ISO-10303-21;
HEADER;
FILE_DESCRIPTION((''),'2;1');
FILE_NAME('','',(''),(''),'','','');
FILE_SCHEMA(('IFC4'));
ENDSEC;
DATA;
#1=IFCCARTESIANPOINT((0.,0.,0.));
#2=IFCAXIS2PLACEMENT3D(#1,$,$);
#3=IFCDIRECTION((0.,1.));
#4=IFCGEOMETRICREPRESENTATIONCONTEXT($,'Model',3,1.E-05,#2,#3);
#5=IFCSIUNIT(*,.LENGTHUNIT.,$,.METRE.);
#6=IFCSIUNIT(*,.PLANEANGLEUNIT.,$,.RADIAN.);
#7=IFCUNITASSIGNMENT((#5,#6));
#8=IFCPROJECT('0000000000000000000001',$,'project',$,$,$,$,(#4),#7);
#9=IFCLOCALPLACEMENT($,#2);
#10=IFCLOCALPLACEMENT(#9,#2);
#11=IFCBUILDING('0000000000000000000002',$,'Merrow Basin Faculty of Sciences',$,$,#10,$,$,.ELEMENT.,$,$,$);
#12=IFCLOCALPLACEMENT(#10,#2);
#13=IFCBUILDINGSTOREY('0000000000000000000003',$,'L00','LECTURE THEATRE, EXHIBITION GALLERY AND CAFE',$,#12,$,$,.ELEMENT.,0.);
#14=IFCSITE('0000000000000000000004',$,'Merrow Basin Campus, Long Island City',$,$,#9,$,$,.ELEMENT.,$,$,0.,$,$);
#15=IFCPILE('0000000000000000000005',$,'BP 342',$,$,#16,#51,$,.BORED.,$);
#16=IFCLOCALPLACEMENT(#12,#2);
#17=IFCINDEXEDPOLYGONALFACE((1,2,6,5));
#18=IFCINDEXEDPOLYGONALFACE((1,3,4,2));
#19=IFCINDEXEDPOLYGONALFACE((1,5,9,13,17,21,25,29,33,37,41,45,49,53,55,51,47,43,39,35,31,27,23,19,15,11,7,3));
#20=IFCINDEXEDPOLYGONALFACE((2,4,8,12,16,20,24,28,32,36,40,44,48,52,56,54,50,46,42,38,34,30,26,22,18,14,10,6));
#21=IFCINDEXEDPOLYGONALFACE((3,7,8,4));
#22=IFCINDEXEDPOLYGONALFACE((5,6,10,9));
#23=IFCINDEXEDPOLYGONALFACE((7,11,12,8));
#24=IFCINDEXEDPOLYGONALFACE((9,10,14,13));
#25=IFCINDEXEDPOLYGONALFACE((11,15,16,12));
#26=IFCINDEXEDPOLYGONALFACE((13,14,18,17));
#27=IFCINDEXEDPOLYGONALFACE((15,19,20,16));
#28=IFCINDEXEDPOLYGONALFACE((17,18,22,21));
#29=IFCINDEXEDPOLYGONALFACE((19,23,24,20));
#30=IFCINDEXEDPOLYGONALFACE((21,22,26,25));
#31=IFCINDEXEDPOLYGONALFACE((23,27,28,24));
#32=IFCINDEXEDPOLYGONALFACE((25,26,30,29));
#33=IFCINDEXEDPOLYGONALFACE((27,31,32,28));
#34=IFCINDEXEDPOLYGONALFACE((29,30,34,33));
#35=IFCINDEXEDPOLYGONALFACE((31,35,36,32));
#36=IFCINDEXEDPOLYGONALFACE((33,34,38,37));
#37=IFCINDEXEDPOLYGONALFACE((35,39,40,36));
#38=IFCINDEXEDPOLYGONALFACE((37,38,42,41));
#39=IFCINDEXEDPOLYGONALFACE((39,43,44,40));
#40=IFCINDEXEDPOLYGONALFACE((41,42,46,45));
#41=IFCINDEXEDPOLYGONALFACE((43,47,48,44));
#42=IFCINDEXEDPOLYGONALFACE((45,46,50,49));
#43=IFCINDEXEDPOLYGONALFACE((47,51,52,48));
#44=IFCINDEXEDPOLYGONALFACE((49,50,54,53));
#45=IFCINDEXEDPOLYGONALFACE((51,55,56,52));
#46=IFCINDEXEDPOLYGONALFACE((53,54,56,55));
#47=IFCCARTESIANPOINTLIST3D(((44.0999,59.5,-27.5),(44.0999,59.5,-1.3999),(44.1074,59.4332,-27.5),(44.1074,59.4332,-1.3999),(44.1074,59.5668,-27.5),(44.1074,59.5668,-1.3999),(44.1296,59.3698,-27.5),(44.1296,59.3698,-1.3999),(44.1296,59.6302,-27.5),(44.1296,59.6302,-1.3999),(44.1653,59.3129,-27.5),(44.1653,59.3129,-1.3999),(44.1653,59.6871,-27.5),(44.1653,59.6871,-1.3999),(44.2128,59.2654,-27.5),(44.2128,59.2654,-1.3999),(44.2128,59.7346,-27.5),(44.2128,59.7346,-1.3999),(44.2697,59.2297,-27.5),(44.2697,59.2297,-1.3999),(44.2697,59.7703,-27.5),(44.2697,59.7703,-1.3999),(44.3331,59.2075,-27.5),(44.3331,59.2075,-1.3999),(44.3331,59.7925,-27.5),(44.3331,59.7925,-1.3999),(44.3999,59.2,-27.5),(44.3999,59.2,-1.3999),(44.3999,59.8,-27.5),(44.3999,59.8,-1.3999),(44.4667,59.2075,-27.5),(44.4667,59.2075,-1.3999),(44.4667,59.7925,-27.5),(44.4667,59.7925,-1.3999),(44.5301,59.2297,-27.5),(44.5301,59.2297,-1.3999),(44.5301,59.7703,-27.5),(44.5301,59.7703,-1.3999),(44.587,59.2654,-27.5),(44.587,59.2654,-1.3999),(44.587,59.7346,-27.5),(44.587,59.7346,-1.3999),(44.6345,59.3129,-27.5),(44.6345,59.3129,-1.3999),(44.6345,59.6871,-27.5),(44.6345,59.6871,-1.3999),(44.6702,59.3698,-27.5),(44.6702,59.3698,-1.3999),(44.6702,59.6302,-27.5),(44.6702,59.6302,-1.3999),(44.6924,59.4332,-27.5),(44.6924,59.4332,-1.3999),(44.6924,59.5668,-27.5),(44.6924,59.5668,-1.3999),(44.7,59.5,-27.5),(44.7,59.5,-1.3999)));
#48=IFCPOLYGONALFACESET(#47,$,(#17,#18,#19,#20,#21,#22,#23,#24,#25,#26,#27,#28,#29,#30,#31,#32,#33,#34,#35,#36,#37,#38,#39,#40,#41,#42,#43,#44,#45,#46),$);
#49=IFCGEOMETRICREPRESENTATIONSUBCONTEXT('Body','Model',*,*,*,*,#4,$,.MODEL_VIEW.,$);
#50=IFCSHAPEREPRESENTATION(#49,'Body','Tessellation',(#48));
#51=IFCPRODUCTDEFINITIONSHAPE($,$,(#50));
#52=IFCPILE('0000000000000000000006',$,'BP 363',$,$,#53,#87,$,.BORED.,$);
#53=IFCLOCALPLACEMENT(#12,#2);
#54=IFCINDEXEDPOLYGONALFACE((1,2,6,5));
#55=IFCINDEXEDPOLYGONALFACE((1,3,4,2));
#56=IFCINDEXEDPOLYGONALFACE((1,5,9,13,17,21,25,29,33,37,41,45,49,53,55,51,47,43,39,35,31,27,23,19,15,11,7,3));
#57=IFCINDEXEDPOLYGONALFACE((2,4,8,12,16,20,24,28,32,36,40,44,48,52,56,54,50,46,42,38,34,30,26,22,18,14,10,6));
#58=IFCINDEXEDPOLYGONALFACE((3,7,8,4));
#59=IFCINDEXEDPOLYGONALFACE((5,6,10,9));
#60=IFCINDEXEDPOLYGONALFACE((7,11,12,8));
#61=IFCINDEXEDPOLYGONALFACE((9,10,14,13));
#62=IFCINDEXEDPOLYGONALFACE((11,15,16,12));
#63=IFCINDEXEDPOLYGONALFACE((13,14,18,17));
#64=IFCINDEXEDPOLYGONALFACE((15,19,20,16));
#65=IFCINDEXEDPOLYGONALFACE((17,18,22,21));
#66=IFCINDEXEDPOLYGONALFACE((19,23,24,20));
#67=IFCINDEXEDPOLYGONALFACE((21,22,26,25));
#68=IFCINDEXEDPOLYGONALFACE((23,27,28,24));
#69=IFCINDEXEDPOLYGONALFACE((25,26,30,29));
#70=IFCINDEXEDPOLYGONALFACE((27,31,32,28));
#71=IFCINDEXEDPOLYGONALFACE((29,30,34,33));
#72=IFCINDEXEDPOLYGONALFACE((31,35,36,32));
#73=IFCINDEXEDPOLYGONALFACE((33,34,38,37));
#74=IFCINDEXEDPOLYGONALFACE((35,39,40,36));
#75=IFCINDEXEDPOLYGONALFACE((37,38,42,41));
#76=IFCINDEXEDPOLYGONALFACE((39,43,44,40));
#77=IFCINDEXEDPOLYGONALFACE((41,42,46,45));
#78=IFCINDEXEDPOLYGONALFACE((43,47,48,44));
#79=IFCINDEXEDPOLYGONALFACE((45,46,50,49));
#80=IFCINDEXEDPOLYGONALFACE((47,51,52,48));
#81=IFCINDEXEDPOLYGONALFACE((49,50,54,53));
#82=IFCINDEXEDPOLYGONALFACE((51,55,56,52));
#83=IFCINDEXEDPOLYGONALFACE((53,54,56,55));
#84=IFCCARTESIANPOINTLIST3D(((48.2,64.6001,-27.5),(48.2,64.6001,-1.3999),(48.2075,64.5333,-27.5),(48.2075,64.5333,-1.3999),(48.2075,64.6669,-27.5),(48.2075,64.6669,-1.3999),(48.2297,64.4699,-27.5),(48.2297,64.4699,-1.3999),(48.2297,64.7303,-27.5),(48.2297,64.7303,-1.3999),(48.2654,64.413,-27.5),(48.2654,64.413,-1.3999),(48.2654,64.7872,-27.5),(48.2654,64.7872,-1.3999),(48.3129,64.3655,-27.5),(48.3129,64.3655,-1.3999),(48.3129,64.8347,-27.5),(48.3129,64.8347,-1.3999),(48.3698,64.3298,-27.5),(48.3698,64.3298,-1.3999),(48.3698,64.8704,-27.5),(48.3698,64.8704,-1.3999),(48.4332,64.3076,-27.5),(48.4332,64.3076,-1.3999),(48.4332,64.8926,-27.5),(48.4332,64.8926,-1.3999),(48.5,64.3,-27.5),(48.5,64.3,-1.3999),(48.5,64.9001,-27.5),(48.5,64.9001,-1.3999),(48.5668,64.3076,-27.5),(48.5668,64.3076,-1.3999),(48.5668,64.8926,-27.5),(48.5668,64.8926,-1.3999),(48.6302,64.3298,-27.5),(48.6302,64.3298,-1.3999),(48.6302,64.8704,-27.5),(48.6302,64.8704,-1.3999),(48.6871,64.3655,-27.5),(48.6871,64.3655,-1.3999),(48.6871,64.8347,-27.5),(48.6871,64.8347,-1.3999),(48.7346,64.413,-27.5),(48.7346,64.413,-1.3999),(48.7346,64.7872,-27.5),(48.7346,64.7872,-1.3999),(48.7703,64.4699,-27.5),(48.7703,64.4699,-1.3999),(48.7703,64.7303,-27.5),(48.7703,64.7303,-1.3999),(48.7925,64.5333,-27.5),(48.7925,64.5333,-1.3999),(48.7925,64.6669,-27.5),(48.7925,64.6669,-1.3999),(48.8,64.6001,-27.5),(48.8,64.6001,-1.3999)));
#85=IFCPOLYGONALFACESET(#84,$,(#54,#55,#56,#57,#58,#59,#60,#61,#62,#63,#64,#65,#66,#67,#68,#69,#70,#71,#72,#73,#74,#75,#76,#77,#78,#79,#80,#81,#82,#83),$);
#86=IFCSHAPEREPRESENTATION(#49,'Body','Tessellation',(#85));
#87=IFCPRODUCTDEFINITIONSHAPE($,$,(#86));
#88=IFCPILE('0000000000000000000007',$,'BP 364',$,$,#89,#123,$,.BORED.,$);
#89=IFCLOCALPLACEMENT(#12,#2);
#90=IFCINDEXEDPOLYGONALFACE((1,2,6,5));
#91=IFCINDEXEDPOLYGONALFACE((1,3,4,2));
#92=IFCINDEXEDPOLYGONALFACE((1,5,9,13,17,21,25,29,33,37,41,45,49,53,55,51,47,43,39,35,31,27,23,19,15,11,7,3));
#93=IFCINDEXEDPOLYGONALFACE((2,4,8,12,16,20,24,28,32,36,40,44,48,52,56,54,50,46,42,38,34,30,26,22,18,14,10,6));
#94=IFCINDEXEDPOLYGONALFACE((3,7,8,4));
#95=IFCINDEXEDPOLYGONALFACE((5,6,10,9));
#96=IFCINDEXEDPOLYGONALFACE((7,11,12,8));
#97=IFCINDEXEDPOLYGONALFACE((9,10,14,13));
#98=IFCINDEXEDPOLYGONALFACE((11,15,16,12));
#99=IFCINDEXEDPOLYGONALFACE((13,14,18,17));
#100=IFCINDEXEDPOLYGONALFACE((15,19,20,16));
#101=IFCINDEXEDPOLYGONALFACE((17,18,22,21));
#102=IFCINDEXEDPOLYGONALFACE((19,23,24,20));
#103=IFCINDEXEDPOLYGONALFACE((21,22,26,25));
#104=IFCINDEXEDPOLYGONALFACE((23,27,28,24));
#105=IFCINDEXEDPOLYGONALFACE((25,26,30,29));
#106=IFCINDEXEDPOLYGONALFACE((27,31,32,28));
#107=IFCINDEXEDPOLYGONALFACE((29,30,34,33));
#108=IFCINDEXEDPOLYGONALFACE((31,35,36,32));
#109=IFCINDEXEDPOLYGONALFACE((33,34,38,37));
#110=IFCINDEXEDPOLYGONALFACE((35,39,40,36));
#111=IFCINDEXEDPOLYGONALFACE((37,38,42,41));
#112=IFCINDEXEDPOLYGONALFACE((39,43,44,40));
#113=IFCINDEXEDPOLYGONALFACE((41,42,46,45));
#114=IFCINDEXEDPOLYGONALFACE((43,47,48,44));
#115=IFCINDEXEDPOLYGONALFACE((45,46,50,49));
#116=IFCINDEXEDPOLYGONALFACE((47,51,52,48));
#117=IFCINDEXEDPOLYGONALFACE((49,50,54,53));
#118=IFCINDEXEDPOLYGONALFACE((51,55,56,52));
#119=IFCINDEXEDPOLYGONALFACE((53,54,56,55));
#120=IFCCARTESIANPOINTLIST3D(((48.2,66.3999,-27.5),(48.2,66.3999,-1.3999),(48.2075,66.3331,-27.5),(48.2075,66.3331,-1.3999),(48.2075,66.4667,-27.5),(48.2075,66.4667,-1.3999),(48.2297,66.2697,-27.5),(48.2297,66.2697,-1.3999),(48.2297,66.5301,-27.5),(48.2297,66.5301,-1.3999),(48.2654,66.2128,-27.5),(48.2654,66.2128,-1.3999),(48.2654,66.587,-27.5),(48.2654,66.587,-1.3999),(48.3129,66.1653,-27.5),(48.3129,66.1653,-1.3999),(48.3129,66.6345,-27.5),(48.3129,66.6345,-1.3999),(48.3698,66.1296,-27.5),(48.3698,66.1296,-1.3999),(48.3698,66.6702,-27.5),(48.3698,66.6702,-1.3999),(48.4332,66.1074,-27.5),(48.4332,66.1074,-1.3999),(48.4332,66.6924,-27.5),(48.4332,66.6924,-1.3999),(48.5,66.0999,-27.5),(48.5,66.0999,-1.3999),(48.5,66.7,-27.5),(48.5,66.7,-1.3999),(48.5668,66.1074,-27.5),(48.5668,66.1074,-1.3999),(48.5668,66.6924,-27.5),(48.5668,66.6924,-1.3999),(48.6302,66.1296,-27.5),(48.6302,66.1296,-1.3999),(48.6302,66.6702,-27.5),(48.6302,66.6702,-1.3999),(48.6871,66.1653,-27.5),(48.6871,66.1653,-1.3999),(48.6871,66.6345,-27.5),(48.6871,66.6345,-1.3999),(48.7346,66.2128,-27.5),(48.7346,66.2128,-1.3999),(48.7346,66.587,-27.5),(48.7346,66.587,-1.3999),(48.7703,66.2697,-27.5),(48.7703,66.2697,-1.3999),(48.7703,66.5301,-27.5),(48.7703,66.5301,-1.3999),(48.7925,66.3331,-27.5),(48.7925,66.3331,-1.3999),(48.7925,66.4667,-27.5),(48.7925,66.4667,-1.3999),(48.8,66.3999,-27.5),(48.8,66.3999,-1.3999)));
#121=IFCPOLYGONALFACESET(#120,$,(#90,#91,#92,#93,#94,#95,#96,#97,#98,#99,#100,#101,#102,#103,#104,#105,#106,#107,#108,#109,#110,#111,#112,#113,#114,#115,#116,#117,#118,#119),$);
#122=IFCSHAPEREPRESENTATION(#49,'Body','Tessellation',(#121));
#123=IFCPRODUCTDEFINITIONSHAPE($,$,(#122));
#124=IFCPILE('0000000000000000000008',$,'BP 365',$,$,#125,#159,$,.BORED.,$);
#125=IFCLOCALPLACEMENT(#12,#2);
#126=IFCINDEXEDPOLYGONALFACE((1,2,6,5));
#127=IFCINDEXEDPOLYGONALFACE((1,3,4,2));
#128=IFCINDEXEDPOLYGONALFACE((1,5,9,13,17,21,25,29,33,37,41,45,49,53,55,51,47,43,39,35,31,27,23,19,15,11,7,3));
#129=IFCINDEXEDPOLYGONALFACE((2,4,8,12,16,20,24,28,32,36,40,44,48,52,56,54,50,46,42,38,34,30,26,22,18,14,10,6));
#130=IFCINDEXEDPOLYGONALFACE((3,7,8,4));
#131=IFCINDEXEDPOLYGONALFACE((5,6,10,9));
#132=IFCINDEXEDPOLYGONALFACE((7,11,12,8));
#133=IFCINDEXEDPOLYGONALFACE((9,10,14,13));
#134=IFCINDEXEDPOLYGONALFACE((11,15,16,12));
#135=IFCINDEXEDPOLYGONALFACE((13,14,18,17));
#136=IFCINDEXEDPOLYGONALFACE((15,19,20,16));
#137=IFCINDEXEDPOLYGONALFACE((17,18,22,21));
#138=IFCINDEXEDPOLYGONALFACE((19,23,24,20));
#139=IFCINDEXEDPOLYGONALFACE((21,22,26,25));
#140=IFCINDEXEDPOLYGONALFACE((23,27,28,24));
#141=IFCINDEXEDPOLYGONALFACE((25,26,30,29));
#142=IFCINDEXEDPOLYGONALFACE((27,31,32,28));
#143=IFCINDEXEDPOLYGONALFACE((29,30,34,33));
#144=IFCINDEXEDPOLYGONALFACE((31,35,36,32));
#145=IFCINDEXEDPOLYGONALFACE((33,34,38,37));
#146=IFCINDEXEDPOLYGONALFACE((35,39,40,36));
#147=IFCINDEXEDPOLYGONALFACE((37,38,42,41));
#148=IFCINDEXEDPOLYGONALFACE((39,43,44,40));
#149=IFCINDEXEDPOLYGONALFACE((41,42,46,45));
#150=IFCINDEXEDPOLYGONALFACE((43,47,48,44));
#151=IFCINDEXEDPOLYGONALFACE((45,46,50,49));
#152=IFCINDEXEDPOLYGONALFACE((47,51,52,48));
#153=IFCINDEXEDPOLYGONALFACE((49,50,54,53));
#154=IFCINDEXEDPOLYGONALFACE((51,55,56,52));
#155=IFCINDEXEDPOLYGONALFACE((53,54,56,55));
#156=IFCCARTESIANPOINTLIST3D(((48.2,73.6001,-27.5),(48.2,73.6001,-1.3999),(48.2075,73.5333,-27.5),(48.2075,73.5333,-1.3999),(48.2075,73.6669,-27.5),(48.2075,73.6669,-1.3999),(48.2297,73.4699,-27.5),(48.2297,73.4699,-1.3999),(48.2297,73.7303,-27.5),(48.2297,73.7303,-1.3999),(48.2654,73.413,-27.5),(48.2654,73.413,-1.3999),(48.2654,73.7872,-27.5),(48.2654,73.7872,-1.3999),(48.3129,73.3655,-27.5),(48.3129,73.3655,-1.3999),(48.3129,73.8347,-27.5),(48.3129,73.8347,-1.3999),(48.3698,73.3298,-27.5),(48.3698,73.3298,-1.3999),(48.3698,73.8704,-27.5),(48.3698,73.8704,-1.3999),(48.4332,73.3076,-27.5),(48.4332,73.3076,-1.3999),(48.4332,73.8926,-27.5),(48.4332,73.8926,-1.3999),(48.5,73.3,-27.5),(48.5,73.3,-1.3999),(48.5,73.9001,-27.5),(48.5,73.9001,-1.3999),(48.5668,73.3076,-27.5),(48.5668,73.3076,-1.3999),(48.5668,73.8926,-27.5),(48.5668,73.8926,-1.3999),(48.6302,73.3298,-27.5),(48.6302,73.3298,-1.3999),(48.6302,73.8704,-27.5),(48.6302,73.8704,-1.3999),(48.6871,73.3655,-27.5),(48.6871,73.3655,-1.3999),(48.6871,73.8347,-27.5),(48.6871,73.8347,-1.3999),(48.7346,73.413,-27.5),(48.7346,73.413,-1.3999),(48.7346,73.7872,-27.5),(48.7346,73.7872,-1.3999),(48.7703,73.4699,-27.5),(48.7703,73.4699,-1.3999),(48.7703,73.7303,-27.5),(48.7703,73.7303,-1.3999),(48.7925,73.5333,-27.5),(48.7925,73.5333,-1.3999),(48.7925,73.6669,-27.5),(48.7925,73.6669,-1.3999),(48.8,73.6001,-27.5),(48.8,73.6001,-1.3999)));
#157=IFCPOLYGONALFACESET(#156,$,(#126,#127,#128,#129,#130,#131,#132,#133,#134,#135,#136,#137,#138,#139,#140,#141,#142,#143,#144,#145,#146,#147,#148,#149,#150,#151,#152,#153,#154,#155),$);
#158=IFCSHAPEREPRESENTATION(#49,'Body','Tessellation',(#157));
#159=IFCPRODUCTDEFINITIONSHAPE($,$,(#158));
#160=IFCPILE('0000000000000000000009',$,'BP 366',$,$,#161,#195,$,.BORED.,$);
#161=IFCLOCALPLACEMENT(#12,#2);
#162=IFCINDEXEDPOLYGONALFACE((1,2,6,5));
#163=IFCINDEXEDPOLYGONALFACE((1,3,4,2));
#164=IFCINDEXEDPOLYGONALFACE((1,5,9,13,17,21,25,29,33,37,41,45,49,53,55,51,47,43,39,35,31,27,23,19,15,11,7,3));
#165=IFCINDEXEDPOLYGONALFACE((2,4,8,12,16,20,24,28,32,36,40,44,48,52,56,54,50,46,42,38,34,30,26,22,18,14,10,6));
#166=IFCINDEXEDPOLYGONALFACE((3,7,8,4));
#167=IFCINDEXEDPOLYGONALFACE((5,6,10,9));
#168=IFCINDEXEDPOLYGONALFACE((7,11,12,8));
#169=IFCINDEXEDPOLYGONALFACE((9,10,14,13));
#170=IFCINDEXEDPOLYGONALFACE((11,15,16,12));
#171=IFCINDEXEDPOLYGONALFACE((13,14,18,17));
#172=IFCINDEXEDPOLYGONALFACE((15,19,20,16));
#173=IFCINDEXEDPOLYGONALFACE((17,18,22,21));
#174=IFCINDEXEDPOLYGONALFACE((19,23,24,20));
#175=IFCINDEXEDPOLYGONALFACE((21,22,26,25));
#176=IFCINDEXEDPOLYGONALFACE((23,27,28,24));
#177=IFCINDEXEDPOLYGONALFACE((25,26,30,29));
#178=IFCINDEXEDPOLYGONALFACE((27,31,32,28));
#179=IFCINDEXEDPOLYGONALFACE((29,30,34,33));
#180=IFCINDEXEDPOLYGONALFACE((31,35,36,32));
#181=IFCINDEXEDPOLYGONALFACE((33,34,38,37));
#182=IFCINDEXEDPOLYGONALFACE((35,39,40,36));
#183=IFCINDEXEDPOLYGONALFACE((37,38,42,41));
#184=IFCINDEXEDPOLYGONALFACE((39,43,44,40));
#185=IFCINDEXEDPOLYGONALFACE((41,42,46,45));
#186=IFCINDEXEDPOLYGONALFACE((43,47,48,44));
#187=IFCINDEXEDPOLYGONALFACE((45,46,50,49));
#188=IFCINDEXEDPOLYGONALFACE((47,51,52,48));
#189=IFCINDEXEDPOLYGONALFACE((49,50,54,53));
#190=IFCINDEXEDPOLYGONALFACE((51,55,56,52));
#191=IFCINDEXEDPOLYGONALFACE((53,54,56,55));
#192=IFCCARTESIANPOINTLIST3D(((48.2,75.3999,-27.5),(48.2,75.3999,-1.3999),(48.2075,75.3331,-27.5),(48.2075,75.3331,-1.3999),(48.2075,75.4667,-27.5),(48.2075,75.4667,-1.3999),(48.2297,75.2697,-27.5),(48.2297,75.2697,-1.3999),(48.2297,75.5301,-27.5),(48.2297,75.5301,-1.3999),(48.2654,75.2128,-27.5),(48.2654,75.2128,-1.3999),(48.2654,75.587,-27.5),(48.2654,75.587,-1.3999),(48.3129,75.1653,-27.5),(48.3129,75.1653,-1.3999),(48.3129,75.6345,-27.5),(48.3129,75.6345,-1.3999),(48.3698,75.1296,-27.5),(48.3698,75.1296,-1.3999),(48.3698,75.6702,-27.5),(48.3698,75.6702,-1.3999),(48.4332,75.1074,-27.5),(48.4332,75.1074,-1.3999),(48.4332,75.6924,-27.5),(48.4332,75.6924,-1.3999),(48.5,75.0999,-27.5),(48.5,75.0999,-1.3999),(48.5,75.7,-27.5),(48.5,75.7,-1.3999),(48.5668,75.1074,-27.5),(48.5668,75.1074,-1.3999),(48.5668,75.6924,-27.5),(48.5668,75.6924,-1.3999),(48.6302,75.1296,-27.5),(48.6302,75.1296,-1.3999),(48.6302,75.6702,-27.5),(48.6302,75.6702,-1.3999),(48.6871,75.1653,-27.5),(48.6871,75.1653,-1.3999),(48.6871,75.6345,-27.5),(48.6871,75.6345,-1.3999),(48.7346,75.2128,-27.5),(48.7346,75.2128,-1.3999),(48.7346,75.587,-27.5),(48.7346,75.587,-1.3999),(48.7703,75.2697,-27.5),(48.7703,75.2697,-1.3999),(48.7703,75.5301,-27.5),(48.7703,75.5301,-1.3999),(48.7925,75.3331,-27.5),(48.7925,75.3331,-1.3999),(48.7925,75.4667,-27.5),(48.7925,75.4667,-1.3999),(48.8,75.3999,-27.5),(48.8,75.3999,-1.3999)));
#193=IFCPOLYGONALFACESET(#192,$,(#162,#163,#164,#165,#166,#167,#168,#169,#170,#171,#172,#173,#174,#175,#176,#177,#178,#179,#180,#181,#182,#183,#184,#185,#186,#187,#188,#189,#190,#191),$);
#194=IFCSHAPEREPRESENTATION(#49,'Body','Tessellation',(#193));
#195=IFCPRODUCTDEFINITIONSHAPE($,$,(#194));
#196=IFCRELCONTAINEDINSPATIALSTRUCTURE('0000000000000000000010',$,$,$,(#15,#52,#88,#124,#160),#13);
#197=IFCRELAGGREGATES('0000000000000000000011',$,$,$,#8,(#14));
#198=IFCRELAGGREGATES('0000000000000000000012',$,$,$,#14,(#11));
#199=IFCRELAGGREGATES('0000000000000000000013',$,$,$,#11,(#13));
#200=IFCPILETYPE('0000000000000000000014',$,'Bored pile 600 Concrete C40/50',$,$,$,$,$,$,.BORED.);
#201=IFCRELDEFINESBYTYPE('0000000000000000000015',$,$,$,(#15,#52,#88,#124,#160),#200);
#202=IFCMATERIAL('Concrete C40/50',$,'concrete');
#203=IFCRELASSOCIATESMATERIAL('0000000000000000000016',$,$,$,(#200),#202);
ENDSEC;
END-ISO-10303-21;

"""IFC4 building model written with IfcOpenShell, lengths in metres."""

from ifc_helpers import new_model, si_unit, direction, frame, origin, origin_2d, place, context, subcontext, project, spatial, circle, extrude, material, material_profile, profile_set, type_object, element, save


model = new_model("IFC4")

# Units and contexts
model_context = context("Model", 3, precision=1e-05, world=origin(), true_north=direction((0.0, 1.0)))
body_context = subcontext(model_context, "Body", "Model", "MODEL_VIEW")
ifc_project = project(units=[si_unit("LENGTHUNIT", "METRE"), si_unit("PLANEANGLEUNIT", "RADIAN")], contexts=[model_context])

# Site, building, storey
site_placement = place(None, origin())
site = spatial("IfcSite", under=ifc_project, at=site_placement, Name="Merrow Basin Campus, Long Island City", CompositionType="ELEMENT", RefElevation=0.0)
building_placement = place(site_placement, origin())
building = spatial("IfcBuilding", under=site, at=building_placement, Name="Merrow Basin Faculty of Sciences", CompositionType="ELEMENT")
storey_placement = place(building_placement, origin())
storey = spatial("IfcBuildingStorey", under=building, at=storey_placement, Name="L00", Description="LECTURE THEATRE, EXHIBITION GALLERY AND CAFE", CompositionType="ELEMENT", Elevation=0.0)

# Piles
ifc_material_1 = material(Name="Concrete C40/50", Category="concrete")
ifc_material_profile_1 = material_profile(ifc_material_1, circle(Radius=0.3, at=origin_2d()))
ifc_profile_set_1 = profile_set([ifc_material_profile_1], Name="Concrete C40/50")
pile_type_1 = type_object("IfcPileType", Name="Bored pile 600 Concrete C40/50", PredefinedType="BORED", material=ifc_profile_set_1)
for number, where, z_axis, x_axis, name in (
    (1, (44.3999, 59.5, -1.3999), (0.0, 0.0, -1.0), (1.0, 0.0, 0.0), "BP 342"),
    (2, (48.5, 64.6001, -1.3999), (0.0, 0.0, -1.0), (1.0, 0.0, 0.0), "BP 363"),
    (3, (48.5, 66.3999, -1.3999), (0.0, 0.0, -1.0), (1.0, 0.0, 0.0), "BP 364"),
    (4, (48.5, 73.6001, -1.3999), (0.0, 0.0, -1.0), (1.0, 0.0, 0.0), "BP 365"),
    (5, (48.5, 75.3999, -1.3999), (0.0, 0.0, -1.0), (1.0, 0.0, 0.0), "BP 366"),
):
    element("IfcPile", number, at=place(storey_placement, frame(where, z_axis=z_axis, x_axis=x_axis)), inside=storey, type_object=pile_type_1, Name=name, PredefinedType="BORED", context=body_context, shape_type="SweptSolid", body=[
        extrude(circle(Radius=0.3, at=origin_2d()), origin(), (0.0, 0.0, 1.0), 26.1001),
    ])

save(model, "model.ifc")
